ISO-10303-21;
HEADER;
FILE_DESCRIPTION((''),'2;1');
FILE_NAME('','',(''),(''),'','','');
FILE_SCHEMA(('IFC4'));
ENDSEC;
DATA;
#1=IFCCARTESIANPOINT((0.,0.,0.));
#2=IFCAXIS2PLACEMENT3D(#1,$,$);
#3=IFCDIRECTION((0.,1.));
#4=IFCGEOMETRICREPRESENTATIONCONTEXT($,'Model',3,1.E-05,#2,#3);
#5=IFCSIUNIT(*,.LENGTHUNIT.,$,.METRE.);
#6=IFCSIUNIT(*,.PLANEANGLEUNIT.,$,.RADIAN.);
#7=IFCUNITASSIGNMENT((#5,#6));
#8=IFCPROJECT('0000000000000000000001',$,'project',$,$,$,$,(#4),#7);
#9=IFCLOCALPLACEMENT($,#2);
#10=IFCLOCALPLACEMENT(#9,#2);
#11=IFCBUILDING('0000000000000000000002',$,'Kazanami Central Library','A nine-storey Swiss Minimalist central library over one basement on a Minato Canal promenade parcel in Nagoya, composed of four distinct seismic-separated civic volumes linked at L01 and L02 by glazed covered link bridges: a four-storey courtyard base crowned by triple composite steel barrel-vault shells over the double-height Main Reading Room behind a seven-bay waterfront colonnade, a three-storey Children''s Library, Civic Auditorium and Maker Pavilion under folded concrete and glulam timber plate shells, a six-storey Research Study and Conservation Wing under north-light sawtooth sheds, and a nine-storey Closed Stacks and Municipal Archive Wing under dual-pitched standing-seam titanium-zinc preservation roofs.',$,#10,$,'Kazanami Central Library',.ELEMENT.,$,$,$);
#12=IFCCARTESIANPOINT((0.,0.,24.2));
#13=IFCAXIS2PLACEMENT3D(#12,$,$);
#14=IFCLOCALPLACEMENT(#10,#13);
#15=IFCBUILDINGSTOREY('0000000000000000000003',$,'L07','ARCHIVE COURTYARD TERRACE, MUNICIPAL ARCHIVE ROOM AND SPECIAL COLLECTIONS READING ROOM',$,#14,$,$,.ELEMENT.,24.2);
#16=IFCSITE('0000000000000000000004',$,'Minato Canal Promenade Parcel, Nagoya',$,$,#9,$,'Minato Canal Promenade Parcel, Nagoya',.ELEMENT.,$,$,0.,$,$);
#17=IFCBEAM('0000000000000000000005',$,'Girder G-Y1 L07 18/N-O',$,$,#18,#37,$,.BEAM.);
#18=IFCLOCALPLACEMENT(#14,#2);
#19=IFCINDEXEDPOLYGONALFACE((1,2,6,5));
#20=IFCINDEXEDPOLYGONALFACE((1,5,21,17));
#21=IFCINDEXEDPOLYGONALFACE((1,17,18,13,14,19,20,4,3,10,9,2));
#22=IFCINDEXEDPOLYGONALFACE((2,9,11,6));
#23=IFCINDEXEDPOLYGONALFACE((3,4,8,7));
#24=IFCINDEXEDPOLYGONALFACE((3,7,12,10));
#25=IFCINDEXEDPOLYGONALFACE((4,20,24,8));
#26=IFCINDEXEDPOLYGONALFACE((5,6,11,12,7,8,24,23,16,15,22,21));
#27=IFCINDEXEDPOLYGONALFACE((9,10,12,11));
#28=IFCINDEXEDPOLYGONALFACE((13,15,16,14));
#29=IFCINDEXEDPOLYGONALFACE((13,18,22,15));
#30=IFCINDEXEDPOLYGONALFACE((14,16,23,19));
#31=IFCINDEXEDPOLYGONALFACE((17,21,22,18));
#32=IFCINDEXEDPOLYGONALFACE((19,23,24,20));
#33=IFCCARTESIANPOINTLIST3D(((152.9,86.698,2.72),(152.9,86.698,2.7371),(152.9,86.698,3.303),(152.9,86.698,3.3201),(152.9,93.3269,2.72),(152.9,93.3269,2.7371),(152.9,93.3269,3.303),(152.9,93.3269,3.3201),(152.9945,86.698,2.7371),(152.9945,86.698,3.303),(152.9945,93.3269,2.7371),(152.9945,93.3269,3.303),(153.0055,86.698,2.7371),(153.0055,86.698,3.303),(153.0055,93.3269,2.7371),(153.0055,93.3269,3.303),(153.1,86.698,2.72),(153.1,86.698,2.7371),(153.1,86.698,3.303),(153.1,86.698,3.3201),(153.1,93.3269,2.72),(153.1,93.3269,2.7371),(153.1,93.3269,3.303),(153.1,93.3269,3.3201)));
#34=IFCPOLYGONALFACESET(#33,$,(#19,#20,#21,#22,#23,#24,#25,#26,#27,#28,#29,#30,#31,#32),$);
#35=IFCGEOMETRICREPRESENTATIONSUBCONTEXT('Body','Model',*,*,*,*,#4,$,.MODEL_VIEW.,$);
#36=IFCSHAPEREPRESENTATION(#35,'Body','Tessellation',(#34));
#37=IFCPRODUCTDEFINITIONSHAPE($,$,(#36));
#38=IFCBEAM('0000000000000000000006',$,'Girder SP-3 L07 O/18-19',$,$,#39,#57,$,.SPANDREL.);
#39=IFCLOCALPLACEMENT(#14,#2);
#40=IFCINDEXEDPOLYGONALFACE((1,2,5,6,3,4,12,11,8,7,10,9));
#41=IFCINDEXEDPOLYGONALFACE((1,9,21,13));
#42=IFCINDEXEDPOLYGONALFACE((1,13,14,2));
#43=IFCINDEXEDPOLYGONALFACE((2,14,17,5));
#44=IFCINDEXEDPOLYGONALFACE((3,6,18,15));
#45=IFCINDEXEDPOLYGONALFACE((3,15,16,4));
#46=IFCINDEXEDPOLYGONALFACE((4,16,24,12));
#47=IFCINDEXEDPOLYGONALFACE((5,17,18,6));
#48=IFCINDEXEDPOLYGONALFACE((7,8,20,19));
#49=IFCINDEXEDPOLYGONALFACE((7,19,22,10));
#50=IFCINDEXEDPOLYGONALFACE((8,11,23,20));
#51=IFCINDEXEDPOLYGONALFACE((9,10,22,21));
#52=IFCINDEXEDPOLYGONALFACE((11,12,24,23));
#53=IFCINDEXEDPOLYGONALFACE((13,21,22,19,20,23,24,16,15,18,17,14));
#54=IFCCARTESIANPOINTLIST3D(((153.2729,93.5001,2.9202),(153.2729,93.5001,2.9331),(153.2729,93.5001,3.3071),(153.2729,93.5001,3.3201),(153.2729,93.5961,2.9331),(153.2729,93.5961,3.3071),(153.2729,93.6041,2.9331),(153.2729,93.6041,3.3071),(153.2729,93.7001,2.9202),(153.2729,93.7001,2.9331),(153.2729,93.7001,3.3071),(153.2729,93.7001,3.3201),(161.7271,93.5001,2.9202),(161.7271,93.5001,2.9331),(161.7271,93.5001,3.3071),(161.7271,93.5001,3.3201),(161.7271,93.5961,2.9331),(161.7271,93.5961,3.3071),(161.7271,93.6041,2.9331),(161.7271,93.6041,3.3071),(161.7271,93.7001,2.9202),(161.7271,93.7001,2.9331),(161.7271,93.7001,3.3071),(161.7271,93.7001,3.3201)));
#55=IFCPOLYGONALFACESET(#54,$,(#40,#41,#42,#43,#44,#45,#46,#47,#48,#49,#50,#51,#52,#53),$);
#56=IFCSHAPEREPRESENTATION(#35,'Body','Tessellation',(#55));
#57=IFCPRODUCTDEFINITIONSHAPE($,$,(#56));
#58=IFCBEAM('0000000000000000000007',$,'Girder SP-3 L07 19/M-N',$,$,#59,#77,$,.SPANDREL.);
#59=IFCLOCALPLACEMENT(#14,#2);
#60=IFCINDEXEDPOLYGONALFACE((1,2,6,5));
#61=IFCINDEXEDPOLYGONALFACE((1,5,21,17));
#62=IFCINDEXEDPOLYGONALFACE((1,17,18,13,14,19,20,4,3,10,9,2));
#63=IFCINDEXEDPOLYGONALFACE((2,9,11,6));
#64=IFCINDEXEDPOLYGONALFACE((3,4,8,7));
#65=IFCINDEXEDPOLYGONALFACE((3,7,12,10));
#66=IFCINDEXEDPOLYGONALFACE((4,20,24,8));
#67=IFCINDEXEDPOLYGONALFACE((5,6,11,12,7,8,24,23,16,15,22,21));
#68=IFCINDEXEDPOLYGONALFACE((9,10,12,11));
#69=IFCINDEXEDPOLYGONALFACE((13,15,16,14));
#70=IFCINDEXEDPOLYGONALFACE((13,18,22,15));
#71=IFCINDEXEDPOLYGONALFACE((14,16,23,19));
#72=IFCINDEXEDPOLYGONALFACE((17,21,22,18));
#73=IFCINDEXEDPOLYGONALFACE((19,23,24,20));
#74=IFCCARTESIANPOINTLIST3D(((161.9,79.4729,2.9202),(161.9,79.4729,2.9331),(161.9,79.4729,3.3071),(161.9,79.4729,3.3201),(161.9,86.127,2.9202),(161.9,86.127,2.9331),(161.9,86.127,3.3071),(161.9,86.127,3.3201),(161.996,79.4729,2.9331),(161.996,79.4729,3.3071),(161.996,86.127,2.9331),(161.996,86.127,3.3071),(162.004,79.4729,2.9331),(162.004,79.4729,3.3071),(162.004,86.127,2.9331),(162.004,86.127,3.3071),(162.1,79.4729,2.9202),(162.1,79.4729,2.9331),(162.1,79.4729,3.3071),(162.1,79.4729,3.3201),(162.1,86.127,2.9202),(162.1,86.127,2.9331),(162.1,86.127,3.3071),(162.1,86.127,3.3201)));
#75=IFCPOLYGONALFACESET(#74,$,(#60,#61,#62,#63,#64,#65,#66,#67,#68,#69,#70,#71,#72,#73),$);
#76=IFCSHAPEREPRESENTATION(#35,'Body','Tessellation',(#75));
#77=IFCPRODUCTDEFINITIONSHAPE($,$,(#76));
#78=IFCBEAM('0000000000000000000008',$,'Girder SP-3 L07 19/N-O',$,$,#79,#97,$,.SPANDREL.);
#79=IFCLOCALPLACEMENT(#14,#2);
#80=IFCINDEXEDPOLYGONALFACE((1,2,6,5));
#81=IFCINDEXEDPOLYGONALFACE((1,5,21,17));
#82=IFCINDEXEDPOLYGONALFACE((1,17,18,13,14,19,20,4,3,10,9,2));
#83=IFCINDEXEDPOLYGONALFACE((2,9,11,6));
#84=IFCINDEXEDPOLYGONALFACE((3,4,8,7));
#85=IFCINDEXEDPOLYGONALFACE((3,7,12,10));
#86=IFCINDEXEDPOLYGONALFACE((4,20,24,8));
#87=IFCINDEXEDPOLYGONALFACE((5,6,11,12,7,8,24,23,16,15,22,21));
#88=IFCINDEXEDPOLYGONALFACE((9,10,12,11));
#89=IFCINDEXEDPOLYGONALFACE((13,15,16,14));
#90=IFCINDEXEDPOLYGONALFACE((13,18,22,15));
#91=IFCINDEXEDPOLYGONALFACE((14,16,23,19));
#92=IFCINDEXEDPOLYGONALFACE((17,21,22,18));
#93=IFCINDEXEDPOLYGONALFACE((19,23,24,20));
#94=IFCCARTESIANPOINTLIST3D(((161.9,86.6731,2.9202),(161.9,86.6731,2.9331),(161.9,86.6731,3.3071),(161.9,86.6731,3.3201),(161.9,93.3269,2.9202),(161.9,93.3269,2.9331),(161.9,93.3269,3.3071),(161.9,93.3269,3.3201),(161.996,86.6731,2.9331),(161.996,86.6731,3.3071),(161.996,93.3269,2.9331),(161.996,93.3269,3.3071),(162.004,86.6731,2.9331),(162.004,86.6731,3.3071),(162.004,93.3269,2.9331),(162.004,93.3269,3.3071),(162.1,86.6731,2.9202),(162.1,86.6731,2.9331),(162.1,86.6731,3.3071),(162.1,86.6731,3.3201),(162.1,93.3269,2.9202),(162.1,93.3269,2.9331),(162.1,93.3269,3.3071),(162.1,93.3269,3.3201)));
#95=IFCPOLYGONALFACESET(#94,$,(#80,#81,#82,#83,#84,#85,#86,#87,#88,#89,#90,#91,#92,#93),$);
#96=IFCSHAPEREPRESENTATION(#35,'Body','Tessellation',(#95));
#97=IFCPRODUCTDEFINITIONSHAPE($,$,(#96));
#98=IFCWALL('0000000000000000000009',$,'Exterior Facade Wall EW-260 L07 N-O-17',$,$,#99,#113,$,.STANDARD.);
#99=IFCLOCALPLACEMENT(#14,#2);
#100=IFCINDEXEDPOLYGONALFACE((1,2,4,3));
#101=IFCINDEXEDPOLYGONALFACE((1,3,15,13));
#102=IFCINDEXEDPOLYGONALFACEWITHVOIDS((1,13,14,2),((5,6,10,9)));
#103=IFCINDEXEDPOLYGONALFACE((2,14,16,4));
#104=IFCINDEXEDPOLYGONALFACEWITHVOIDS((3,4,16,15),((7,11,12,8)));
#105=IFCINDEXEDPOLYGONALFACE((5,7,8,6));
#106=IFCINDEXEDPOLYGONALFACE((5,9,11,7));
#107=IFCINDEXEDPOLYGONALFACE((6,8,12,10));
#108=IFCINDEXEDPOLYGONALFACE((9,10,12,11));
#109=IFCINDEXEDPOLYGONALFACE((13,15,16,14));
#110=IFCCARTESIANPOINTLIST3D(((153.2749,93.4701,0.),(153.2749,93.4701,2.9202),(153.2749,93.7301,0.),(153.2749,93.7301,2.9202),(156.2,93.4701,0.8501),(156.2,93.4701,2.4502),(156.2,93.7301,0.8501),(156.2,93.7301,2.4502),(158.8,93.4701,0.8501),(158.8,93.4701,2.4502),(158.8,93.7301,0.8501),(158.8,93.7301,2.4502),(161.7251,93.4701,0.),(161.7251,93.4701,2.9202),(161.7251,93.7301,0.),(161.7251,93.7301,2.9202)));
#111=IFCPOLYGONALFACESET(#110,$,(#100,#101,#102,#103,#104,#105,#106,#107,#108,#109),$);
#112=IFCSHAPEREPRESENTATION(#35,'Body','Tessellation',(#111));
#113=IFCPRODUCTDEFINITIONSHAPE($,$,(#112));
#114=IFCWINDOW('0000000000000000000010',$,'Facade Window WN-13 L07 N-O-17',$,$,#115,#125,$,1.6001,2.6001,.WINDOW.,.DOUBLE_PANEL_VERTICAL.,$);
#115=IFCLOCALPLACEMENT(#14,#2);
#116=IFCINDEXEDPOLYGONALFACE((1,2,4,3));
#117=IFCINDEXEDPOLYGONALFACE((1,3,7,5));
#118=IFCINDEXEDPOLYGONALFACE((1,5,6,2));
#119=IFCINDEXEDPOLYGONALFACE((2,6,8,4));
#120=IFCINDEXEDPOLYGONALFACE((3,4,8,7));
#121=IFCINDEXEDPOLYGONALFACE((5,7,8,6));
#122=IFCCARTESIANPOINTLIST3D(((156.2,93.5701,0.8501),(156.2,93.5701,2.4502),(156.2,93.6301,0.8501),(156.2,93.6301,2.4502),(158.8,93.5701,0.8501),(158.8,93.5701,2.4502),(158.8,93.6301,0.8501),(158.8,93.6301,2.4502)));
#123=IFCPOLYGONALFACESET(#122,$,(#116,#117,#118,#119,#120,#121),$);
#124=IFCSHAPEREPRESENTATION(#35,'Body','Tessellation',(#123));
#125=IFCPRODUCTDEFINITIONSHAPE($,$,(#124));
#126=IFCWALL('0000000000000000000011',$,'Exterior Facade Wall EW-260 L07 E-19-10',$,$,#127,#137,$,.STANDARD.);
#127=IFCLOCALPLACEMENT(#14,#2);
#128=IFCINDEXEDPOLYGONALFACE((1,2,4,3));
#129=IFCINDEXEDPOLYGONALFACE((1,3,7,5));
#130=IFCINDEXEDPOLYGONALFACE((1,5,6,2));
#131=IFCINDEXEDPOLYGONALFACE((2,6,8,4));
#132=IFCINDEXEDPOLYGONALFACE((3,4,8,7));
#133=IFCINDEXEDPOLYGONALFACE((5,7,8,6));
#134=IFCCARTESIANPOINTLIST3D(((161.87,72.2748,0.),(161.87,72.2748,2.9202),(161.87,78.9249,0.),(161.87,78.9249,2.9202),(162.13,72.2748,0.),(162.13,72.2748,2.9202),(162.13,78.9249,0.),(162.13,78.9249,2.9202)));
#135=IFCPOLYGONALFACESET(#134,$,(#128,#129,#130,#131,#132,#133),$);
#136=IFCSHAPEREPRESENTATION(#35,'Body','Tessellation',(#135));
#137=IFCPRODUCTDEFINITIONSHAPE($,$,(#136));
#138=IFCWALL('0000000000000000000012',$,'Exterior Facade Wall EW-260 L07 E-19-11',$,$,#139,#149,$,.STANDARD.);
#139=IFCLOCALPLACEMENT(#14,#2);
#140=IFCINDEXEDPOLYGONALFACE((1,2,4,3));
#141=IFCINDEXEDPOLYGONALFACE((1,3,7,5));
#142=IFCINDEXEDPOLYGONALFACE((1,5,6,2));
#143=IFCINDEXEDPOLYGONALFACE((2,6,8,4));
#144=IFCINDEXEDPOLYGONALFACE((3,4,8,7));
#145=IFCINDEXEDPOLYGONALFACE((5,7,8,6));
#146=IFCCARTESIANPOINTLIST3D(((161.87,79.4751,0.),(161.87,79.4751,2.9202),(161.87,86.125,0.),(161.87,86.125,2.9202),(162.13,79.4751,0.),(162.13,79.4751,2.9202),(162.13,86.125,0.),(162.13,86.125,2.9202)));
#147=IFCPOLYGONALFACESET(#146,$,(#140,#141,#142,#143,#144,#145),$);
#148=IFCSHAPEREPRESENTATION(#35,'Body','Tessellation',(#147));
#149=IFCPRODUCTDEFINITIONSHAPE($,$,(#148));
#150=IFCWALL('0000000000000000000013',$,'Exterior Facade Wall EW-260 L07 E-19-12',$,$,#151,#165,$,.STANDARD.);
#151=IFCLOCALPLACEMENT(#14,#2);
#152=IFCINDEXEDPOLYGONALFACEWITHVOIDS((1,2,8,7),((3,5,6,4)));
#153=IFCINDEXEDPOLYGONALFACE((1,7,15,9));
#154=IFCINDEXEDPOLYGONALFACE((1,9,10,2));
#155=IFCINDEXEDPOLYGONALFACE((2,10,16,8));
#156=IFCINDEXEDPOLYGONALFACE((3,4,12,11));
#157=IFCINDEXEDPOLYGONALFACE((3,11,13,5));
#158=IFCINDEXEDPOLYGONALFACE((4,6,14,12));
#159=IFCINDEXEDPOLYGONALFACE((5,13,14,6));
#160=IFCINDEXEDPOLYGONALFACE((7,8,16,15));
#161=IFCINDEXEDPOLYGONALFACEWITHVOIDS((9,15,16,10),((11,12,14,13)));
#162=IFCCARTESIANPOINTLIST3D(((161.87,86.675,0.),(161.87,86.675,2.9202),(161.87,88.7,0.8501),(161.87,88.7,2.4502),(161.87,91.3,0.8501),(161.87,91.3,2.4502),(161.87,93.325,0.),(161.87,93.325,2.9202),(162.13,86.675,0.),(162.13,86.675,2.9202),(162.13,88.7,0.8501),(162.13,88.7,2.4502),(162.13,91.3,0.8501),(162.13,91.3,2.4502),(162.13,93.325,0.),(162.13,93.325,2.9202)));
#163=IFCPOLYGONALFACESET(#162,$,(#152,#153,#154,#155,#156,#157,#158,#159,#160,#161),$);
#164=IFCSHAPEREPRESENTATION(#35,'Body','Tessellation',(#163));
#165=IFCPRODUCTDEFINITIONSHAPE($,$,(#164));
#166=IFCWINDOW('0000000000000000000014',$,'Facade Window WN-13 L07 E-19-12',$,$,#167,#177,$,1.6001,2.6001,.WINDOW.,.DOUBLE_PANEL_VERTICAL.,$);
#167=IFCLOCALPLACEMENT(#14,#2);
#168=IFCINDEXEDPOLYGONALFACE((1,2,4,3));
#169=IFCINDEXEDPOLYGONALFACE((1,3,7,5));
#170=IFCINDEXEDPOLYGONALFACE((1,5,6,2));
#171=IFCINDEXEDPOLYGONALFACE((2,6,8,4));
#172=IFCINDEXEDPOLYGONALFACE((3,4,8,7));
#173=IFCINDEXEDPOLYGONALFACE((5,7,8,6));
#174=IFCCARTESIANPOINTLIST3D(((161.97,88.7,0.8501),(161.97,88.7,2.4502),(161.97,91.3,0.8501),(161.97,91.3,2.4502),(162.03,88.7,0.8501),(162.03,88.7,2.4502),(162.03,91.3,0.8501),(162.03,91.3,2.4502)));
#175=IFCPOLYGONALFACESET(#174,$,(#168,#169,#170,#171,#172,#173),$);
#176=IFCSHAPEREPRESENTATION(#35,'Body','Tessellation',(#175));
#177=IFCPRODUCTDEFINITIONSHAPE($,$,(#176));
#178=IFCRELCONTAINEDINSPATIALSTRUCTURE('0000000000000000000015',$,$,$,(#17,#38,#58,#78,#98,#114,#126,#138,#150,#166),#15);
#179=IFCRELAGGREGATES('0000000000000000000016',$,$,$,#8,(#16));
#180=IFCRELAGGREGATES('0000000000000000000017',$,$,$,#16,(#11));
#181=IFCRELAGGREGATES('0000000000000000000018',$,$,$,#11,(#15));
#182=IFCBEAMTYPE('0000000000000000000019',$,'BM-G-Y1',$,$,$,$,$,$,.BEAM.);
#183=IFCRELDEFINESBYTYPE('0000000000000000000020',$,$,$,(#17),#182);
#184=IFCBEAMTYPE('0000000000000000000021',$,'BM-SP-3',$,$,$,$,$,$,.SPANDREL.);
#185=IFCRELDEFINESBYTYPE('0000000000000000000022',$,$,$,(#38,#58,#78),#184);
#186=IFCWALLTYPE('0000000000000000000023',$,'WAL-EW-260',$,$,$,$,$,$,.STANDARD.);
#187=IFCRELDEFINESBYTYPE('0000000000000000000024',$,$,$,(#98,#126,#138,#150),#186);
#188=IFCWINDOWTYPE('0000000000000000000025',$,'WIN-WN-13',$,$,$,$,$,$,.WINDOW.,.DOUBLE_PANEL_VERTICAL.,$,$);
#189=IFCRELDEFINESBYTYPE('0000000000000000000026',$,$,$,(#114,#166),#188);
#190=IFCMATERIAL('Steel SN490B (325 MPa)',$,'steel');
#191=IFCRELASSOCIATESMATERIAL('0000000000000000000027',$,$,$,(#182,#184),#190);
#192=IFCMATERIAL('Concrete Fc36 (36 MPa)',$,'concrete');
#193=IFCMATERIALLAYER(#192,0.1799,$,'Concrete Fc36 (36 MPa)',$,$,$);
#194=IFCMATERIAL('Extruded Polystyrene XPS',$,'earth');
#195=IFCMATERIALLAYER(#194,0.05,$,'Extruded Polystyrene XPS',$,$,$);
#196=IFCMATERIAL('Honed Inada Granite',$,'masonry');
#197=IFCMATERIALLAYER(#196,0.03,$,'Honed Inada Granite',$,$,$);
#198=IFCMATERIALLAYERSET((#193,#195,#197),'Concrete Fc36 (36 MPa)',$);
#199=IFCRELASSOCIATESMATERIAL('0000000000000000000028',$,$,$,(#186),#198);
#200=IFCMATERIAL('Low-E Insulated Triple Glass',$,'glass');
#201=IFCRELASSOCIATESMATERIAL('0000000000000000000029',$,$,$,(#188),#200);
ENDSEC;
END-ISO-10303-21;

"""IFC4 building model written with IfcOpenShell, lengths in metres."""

from ifc_helpers import new_model, si_unit, direction, frame, frame_2d, origin, origin_2d, place, context, subcontext, project, spatial, rectangle, i_section, extrude, material, layer, layer_set, material_profile, profile_set, type_object, element, fill, save


model = new_model("IFC4")

# Units and contexts
model_context = context("Model", 3, precision=1e-05, world=origin(), true_north=direction((0.0, 1.0)))
body_context = subcontext(model_context, "Body", "Model", "MODEL_VIEW")
ifc_project = project(units=[si_unit("LENGTHUNIT", "METRE"), si_unit("PLANEANGLEUNIT", "RADIAN")], contexts=[model_context])

# Site, building, storey
site_placement = place(None, origin())
site = spatial("IfcSite", under=ifc_project, at=site_placement, Name="Minato Canal Promenade Parcel, Nagoya", LongName="Minato Canal Promenade Parcel, Nagoya", CompositionType="ELEMENT", RefElevation=0.0)
building_placement = place(site_placement, origin())
building = spatial("IfcBuilding", under=site, at=building_placement, Name="Kazanami Central Library", Description="A nine-storey Swiss Minimalist central library over one basement on a Minato Canal promenade parcel in Nagoya, composed of four distinct seismic-separated civic volumes linked at L01 and L02 by glazed covered link bridges: a four-storey courtyard base crowned by triple composite steel barrel-vault shells over the double-height Main Reading Room behind a seven-bay waterfront colonnade, a three-storey Children's Library, Civic Auditorium and Maker Pavilion under folded concrete and glulam timber plate shells, a six-storey Research Study and Conservation Wing under north-light sawtooth sheds, and a nine-storey Closed Stacks and Municipal Archive Wing under dual-pitched standing-seam titanium-zinc preservation roofs.", LongName="Kazanami Central Library", CompositionType="ELEMENT")
storey_placement = place(building_placement, frame((0.0, 0.0, 24.2)))
storey = spatial("IfcBuildingStorey", under=building, at=storey_placement, Name="L07", Description="ARCHIVE COURTYARD TERRACE, MUNICIPAL ARCHIVE ROOM AND SPECIAL COLLECTIONS READING ROOM", CompositionType="ELEMENT", Elevation=24.2)

# Beams
ifc_material_1 = material(Name="Steel SN490B (325 MPa)", Category="steel")
ifc_material_profile_1 = material_profile(ifc_material_1, i_section(OverallWidth=0.2, OverallDepth=0.6001, WebThickness=0.011, FlangeThickness=0.0171, at=origin_2d()), Name="H-600x200x11x17")
ifc_profile_set_1 = profile_set([ifc_material_profile_1], Name="Steel SN490B (325 MPa)")
beam_type_1 = type_object("IfcBeamType", Name="BM-G-Y1", PredefinedType="BEAM", material=ifc_profile_set_1)
beam_1_placement = place(storey_placement, frame((153.0, 86.698, 3.02), z_axis=(0.0, 1.0, 0.0), x_axis=(-1.0, 0.0, 0.0)))
element("IfcBeam", 1, at=beam_1_placement, inside=storey, type_object=beam_type_1, Name="Girder G-Y1 L07 18/N-O", PredefinedType="BEAM", context=body_context, shape_type="SweptSolid", body=[
    extrude(i_section(OverallWidth=0.2, OverallDepth=0.6001, WebThickness=0.011, FlangeThickness=0.0171, at=origin_2d()), origin(), (0.0, 0.0, 1.0), 6.6289),
])
ifc_material_profile_2 = material_profile(ifc_material_1, i_section(OverallWidth=0.2, OverallDepth=0.3999, WebThickness=0.0081, FlangeThickness=0.0129, at=origin_2d()), Name="H-400x200x8x13")
ifc_profile_set_2 = profile_set([ifc_material_profile_2], Name="Steel SN490B (325 MPa)")
beam_type_2 = type_object("IfcBeamType", Name="BM-SP-3", PredefinedType="SPANDREL", material=ifc_profile_set_2)
beam_2_placement = place(storey_placement, frame((153.2729, 93.6001, 3.1201), z_axis=(1.0, 0.0, 0.0), x_axis=(0.0, 1.0, 0.0)))
element("IfcBeam", 2, at=beam_2_placement, inside=storey, type_object=beam_type_2, Name="Girder SP-3 L07 O/18-19", PredefinedType="SPANDREL", context=body_context, shape_type="SweptSolid", body=[
    extrude(i_section(OverallWidth=0.2, OverallDepth=0.3999, WebThickness=0.0081, FlangeThickness=0.0129, at=origin_2d()), origin(), (0.0, 0.0, 1.0), 8.4541),
])
beam_3_placement = place(storey_placement, frame((162.0, 79.4729, 3.1201), z_axis=(0.0, 1.0, 0.0), x_axis=(-1.0, 0.0, 0.0)))
element("IfcBeam", 3, at=beam_3_placement, inside=storey, type_object=beam_type_2, Name="Girder SP-3 L07 19/M-N", PredefinedType="SPANDREL", context=body_context, shape_type="SweptSolid", body=[
    extrude(i_section(OverallWidth=0.2, OverallDepth=0.3999, WebThickness=0.0081, FlangeThickness=0.0129, at=origin_2d()), origin(), (0.0, 0.0, 1.0), 6.6541),
])
beam_4_placement = place(storey_placement, frame((162.0, 86.6731, 3.1201), z_axis=(0.0, 1.0, 0.0), x_axis=(-1.0, 0.0, 0.0)))
element("IfcBeam", 4, at=beam_4_placement, inside=storey, type_object=beam_type_2, Name="Girder SP-3 L07 19/N-O", PredefinedType="SPANDREL", context=body_context, shape_type="SweptSolid", body=[
    extrude(i_section(OverallWidth=0.2, OverallDepth=0.3999, WebThickness=0.0081, FlangeThickness=0.0129, at=origin_2d()), origin(), (0.0, 0.0, 1.0), 6.6538),
])

# Wall, opening, window
ifc_material_2 = material(Name="Concrete Fc36 (36 MPa)", Category="concrete")
ifc_layer_1 = layer(ifc_material_2, 0.1799, Name="Concrete Fc36 (36 MPa)")
ifc_material_3 = material(Name="Extruded Polystyrene XPS", Category="earth")
ifc_layer_2 = layer(ifc_material_3, 0.05, Name="Extruded Polystyrene XPS")
ifc_material_4 = material(Name="Honed Inada Granite", Category="masonry")
ifc_layer_3 = layer(ifc_material_4, 0.03, Name="Honed Inada Granite")
ifc_layer_set_1 = layer_set([ifc_layer_1, ifc_layer_2, ifc_layer_3], Name="Concrete Fc36 (36 MPa)")
wall_type_1 = type_object("IfcWallType", Name="WAL-EW-260", PredefinedType="STANDARD", material=ifc_layer_set_1)
wall_1_placement = place(storey_placement, frame((161.7251, 93.6001, 0.0), z_axis=(0.0, 0.0, 1.0), x_axis=(-1.0, 0.0, 0.0)))
wall_1 = element("IfcWall", 5, at=wall_1_placement, inside=storey, type_object=wall_type_1, Name="Exterior Facade Wall EW-260 L07 N-O-17", PredefinedType="STANDARD", context=body_context, shape_type="SweptSolid", body=[
    extrude(rectangle(XDim=8.4502, YDim=0.26, at=frame_2d((4.2251, 0.0))), origin(), (0.0, 0.0, 1.0), 2.9202),
])
opening_1_placement = place(wall_1_placement, frame((2.925, 0.0, 0.8501)))
opening_1 = element("IfcOpeningElement", 6, at=opening_1_placement, cuts=wall_1, PredefinedType="OPENING", context=body_context, shape_type="SweptSolid", body=[
    extrude(rectangle(XDim=2.6001, YDim=1.6001, at=frame_2d((1.3, 0.8))), frame((0.0, 0.1421, 0.0), z_axis=(0.0, -1.0, 0.0), x_axis=(1.0, 0.0, 0.0)), (0.0, 0.0, 1.0), 0.2839),
])
ifc_material_5 = material(Name="Low-E Insulated Triple Glass", Category="glass")
window_type = type_object("IfcWindowType", Name="WIN-WN-13", PartitioningType="DOUBLE_PANEL_VERTICAL", PredefinedType="WINDOW", material=ifc_material_5)
window_1_placement = place(opening_1_placement, origin())
window_1 = element("IfcWindow", 7, at=window_1_placement, inside=storey, type_object=window_type, Name="Facade Window WN-13 L07 N-O-17", OverallHeight=1.6001, OverallWidth=2.6001, PartitioningType="DOUBLE_PANEL_VERTICAL", PredefinedType="WINDOW", context=body_context, shape_type="SweptSolid", body=[
    extrude(rectangle(XDim=2.6001, YDim=1.6001, at=frame_2d((1.3, 0.8))), frame((0.0, 0.03, 0.0), z_axis=(0.0, -1.0, 0.0), x_axis=(1.0, 0.0, 0.0)), (0.0, 0.0, 1.0), 0.0601),
])
fill(opening_1, window_1)

# Walls
wall_2_placement = place(storey_placement, frame((162.0, 78.925, 0.0), z_axis=(0.0, 0.0, 1.0), x_axis=(0.0, -1.0, 0.0)))
element("IfcWall", 8, at=wall_2_placement, inside=storey, type_object=wall_type_1, Name="Exterior Facade Wall EW-260 L07 E-19-10", PredefinedType="STANDARD", context=body_context, shape_type="SweptSolid", body=[
    extrude(rectangle(XDim=6.6501, YDim=0.26, at=frame_2d((3.3252, 0.0))), origin(), (0.0, 0.0, 1.0), 2.9202),
])
wall_3_placement = place(storey_placement, frame((162.0, 86.125, 0.0), z_axis=(0.0, 0.0, 1.0), x_axis=(0.0, -1.0, 0.0)))
element("IfcWall", 9, at=wall_3_placement, inside=storey, type_object=wall_type_1, Name="Exterior Facade Wall EW-260 L07 E-19-11", PredefinedType="STANDARD", context=body_context, shape_type="SweptSolid", body=[
    extrude(rectangle(XDim=6.6499, YDim=0.26, at=frame_2d((3.325, 0.0))), origin(), (0.0, 0.0, 1.0), 2.9202),
])

# Wall, opening, window
wall_4_placement = place(storey_placement, frame((162.0, 93.325, 0.0), z_axis=(0.0, 0.0, 1.0), x_axis=(0.0, -1.0, 0.0)))
wall_4 = element("IfcWall", 10, at=wall_4_placement, inside=storey, type_object=wall_type_1, Name="Exterior Facade Wall EW-260 L07 E-19-12", PredefinedType="STANDARD", context=body_context, shape_type="SweptSolid", body=[
    extrude(rectangle(XDim=6.6499, YDim=0.26, at=frame_2d((3.325, 0.0))), origin(), (0.0, 0.0, 1.0), 2.9202),
])
opening_2_placement = place(wall_4_placement, frame((2.0249, 0.0, 0.8501)))
opening_2 = element("IfcOpeningElement", 11, at=opening_2_placement, cuts=wall_4, PredefinedType="OPENING", context=body_context, shape_type="SweptSolid", body=[
    extrude(rectangle(XDim=2.6001, YDim=1.6001, at=frame_2d((1.3, 0.8))), frame((0.0, 0.1421, 0.0), z_axis=(0.0, -1.0, 0.0), x_axis=(1.0, 0.0, 0.0)), (0.0, 0.0, 1.0), 0.2839),
])
window_2_placement = place(opening_2_placement, origin())
window_2 = element("IfcWindow", 12, at=window_2_placement, inside=storey, type_object=window_type, Name="Facade Window WN-13 L07 E-19-12", OverallHeight=1.6001, OverallWidth=2.6001, PartitioningType="DOUBLE_PANEL_VERTICAL", PredefinedType="WINDOW", context=body_context, shape_type="SweptSolid", body=[
    extrude(rectangle(XDim=2.6001, YDim=1.6001, at=frame_2d((1.3, 0.8))), frame((0.0, 0.03, 0.0), z_axis=(0.0, -1.0, 0.0), x_axis=(1.0, 0.0, 0.0)), (0.0, 0.0, 1.0), 0.0601),
])
fill(opening_2, window_2)

save(model, "model.ifc")
